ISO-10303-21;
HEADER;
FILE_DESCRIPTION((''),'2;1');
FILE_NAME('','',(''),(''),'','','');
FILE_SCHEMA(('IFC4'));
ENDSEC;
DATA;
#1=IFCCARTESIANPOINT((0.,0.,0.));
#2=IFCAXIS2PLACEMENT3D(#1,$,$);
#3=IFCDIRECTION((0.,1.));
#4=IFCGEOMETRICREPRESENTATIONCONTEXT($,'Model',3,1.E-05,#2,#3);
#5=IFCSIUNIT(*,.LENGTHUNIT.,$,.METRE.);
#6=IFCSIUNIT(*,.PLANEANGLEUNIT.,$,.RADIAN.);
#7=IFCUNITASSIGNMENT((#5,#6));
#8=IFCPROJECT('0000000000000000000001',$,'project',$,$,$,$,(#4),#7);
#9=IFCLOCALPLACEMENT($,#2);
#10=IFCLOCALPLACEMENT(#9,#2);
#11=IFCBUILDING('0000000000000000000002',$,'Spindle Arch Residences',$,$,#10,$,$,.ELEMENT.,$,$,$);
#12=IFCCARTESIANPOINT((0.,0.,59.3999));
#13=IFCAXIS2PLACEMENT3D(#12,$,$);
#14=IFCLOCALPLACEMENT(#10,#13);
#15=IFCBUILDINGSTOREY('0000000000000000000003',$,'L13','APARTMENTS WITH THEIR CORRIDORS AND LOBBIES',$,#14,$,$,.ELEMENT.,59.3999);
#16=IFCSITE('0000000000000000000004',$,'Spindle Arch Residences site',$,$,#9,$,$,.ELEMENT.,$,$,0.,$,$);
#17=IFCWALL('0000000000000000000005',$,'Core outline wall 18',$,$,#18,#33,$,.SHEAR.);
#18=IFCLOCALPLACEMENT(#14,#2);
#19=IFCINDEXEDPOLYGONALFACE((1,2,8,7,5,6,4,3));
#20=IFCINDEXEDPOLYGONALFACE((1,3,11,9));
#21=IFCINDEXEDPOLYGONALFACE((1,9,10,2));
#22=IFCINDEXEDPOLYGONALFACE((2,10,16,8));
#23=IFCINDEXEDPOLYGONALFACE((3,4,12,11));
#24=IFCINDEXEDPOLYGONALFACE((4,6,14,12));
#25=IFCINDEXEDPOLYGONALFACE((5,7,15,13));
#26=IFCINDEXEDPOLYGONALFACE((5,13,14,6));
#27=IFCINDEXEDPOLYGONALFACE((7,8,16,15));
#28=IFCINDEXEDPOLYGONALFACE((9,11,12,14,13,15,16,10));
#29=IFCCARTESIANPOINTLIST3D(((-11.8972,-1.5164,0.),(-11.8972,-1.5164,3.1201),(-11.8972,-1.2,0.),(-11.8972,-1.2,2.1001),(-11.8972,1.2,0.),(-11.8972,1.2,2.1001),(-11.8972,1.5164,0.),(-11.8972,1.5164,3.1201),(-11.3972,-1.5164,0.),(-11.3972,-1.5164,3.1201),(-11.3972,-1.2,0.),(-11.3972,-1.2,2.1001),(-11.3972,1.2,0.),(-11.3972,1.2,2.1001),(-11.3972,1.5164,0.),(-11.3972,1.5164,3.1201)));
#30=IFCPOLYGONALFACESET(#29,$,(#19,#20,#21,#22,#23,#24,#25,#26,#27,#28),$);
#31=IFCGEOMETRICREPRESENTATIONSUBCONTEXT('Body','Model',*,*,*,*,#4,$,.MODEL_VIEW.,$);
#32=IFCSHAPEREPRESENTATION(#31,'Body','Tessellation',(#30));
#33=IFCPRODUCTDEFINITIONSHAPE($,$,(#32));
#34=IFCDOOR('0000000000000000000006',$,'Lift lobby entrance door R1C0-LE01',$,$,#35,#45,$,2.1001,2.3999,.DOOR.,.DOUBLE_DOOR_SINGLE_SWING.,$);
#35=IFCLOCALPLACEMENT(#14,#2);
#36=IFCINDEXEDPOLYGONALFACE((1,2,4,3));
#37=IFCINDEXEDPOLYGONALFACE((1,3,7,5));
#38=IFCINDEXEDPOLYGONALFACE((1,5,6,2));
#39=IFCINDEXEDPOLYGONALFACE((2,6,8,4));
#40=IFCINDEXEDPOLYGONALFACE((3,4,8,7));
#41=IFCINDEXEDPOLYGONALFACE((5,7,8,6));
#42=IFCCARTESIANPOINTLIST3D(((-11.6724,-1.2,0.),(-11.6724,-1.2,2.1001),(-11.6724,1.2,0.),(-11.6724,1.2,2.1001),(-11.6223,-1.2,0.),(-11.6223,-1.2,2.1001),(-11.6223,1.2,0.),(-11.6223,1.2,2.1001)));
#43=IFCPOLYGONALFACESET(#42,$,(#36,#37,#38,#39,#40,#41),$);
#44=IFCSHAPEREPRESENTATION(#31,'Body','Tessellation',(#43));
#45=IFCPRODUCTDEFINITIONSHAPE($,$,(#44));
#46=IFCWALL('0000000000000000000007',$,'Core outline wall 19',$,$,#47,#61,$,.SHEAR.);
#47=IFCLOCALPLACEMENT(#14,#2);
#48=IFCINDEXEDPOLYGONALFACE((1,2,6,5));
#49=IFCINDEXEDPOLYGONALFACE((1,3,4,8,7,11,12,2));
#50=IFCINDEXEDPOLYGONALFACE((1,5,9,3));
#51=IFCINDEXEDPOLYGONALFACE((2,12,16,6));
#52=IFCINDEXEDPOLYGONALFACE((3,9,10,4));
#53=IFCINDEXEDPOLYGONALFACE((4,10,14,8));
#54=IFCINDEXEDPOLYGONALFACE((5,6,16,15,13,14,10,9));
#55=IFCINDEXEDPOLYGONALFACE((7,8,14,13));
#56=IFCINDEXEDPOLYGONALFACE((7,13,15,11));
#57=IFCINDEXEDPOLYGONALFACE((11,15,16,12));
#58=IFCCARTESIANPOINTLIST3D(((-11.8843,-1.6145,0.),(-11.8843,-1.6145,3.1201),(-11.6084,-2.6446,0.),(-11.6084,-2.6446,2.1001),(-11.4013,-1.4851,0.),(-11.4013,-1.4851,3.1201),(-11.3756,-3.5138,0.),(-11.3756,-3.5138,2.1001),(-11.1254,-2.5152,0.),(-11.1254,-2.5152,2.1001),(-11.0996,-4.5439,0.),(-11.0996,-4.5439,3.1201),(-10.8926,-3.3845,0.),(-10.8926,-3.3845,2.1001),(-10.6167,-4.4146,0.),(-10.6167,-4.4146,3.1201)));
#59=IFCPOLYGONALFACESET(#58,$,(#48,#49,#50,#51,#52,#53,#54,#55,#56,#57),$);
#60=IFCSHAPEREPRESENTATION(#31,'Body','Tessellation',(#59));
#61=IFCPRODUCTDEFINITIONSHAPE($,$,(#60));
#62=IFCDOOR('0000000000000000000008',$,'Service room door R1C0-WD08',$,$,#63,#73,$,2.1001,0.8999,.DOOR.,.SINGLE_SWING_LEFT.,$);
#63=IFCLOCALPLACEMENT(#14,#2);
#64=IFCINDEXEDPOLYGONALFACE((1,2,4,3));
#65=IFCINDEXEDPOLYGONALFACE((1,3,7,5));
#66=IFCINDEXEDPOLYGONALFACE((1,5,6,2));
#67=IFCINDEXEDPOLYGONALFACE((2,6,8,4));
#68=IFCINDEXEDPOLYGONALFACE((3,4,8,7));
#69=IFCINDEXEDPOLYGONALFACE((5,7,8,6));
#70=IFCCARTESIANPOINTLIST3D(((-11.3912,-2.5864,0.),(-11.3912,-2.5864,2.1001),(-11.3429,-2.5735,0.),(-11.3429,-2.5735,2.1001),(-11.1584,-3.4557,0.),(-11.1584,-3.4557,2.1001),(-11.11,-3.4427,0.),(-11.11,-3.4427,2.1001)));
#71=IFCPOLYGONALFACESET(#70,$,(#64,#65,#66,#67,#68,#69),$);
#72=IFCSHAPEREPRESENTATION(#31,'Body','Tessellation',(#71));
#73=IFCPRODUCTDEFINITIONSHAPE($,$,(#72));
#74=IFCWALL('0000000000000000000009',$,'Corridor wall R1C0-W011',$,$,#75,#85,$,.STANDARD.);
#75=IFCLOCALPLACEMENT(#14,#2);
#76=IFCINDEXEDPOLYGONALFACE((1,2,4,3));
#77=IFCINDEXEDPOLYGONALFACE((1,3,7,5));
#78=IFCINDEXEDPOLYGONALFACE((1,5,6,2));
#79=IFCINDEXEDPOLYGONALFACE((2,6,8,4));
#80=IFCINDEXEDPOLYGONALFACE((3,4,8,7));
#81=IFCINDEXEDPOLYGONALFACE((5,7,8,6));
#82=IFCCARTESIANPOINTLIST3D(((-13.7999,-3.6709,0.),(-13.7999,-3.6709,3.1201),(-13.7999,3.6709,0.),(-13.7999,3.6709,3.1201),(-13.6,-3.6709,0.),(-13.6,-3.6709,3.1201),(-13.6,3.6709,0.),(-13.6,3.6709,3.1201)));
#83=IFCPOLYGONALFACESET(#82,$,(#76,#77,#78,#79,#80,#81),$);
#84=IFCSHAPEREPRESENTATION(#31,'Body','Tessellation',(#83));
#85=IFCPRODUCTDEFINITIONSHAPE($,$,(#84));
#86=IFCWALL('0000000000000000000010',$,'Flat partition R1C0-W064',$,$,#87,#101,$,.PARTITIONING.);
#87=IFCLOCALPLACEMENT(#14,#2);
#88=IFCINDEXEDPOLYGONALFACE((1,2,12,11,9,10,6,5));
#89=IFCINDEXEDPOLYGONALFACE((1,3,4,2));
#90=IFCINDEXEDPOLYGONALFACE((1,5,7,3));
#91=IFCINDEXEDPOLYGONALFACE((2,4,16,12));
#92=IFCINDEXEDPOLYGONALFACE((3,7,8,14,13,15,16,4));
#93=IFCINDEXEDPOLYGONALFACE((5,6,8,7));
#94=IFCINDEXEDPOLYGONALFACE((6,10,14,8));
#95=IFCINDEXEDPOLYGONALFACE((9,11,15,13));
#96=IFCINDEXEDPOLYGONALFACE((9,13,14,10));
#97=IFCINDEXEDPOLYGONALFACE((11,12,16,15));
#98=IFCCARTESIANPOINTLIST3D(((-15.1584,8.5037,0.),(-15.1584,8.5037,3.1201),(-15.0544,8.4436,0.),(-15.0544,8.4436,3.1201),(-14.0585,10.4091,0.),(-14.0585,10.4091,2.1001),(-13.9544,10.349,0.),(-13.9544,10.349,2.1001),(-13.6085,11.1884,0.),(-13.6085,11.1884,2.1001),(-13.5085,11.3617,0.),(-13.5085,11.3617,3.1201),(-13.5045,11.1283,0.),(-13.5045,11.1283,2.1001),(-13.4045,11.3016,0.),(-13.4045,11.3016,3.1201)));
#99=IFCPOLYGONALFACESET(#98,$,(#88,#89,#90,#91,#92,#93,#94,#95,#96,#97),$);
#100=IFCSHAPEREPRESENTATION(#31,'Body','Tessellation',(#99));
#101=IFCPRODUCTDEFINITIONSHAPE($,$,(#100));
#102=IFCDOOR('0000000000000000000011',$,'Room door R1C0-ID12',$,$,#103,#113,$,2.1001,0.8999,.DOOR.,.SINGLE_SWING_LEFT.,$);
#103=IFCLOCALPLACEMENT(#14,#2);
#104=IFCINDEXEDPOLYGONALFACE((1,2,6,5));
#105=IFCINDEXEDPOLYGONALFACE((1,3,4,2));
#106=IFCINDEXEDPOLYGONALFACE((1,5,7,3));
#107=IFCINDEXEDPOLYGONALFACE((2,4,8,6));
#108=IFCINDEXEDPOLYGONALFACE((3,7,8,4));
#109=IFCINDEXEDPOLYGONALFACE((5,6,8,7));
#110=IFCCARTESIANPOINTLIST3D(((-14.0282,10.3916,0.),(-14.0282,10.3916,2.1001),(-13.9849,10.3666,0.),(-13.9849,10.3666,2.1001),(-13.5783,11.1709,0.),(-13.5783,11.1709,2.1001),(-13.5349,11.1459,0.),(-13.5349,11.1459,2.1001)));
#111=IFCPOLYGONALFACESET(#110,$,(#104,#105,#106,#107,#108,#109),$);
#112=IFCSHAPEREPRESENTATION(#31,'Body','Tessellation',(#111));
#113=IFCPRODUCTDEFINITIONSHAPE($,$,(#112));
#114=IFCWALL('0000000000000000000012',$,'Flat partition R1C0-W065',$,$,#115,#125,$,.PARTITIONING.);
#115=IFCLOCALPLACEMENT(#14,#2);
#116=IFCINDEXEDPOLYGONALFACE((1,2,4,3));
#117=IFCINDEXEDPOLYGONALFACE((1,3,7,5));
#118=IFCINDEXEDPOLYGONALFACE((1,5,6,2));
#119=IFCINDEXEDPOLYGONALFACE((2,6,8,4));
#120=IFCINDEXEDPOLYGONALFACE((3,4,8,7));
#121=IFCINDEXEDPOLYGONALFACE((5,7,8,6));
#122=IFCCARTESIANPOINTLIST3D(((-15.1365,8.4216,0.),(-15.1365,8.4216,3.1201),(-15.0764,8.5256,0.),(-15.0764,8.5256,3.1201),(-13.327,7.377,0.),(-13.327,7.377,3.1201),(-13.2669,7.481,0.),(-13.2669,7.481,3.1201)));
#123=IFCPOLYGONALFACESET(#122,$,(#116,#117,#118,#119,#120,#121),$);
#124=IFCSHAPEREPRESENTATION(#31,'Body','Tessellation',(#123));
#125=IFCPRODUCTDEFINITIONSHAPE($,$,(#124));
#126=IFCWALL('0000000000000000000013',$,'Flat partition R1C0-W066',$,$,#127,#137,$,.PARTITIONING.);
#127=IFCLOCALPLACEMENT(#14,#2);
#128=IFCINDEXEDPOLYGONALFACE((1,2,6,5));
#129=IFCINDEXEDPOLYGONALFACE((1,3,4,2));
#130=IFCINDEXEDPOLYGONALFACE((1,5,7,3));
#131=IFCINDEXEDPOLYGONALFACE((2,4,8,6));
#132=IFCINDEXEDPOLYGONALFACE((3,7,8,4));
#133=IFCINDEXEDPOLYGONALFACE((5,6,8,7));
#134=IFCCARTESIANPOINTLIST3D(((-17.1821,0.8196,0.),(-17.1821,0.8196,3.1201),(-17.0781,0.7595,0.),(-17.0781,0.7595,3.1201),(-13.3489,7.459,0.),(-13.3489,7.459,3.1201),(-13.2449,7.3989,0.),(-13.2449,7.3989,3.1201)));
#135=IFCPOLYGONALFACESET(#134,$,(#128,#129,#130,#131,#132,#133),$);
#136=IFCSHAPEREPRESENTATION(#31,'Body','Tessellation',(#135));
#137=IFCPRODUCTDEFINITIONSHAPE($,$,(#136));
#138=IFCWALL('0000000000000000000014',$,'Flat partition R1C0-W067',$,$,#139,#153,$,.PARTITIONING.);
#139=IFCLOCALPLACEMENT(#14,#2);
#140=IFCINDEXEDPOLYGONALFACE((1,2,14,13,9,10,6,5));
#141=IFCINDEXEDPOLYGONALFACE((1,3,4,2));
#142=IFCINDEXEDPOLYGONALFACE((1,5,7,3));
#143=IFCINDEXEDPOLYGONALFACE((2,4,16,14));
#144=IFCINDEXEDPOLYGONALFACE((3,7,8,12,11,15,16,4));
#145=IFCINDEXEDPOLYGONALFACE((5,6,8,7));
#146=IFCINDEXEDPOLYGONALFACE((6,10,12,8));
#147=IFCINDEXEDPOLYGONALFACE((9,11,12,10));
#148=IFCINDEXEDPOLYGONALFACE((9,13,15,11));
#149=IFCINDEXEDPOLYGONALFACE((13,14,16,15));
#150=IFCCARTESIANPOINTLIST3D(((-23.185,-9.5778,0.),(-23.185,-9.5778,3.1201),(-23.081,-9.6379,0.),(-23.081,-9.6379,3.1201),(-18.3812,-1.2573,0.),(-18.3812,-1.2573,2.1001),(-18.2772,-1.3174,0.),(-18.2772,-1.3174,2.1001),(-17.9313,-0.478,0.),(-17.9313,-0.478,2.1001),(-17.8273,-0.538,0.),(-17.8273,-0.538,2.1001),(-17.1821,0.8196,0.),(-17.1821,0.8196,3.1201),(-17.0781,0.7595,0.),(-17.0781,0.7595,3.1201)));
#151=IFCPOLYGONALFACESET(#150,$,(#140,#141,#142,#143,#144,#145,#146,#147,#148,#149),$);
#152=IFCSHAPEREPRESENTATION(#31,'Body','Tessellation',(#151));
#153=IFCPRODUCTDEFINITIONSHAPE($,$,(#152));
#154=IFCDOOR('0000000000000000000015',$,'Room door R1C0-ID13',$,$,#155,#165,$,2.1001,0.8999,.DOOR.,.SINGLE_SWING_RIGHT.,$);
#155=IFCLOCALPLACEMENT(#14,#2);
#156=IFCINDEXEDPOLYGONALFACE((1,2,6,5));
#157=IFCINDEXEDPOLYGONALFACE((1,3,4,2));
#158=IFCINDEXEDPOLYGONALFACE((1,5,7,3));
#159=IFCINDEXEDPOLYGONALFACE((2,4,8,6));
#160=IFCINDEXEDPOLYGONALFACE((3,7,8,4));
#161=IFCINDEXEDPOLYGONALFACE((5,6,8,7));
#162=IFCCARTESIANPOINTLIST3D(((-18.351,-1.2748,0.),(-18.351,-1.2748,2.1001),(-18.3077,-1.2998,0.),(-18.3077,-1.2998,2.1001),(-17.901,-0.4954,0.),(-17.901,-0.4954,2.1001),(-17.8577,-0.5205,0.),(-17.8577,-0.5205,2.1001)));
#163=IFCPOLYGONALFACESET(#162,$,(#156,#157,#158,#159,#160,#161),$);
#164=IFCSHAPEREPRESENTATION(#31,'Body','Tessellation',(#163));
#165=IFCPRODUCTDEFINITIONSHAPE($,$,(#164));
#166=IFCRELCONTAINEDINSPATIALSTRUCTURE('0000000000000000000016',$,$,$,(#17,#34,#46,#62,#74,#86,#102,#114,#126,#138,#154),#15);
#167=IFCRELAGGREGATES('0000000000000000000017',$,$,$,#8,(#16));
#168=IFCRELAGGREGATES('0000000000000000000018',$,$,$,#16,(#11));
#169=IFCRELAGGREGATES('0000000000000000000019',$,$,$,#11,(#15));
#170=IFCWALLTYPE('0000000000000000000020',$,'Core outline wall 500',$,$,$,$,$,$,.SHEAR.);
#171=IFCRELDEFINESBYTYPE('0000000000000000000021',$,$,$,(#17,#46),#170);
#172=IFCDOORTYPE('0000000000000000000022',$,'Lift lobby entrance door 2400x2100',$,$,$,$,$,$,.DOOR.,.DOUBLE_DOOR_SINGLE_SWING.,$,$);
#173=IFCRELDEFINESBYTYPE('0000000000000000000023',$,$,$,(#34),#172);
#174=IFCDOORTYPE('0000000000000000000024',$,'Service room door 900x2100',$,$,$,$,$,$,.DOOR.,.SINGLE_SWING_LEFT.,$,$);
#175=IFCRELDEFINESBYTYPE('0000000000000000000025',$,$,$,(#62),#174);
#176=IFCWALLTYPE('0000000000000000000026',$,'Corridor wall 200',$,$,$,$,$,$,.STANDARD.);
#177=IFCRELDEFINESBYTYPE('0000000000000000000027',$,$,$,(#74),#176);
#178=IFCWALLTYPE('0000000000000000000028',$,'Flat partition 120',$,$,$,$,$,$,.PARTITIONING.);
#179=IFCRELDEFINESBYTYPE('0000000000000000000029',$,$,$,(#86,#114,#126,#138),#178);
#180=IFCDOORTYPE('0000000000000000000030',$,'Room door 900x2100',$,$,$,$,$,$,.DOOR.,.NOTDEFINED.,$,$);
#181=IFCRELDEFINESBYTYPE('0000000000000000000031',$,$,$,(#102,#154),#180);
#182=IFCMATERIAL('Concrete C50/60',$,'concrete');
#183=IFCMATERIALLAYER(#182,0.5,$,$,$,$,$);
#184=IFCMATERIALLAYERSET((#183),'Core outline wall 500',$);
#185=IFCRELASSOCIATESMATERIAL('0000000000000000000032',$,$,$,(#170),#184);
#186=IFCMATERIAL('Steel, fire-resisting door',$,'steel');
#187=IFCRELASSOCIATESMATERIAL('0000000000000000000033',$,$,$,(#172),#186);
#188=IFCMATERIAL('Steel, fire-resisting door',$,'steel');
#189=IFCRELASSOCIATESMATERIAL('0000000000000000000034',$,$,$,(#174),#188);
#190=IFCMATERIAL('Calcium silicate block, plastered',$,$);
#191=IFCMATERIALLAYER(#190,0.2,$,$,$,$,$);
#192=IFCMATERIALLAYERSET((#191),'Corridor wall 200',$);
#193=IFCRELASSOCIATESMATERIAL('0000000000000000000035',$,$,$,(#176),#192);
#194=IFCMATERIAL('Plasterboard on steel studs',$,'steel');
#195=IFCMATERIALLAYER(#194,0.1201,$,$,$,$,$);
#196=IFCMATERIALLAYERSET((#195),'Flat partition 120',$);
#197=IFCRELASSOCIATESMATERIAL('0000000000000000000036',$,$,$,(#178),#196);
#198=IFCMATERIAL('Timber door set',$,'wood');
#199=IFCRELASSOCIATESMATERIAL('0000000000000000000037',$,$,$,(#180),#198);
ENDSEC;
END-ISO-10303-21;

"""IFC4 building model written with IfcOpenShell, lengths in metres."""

from ifc_helpers import new_model, si_unit, direction, frame, frame_2d, origin, place, context, subcontext, project, spatial, rectangle, extrude, material, layer, layer_set, type_object, element, fill, save


model = new_model("IFC4")

# Units and contexts
model_context = context("Model", 3, precision=1e-05, world=origin(), true_north=direction((0.0, 1.0)))
body_context = subcontext(model_context, "Body", "Model", "MODEL_VIEW")
ifc_project = project(units=[si_unit("LENGTHUNIT", "METRE"), si_unit("PLANEANGLEUNIT", "RADIAN")], contexts=[model_context])

# Site, building, storey
site_placement = place(None, origin())
site = spatial("IfcSite", under=ifc_project, at=site_placement, Name="Spindle Arch Residences site", CompositionType="ELEMENT", RefElevation=0.0)
building_placement = place(site_placement, origin())
building = spatial("IfcBuilding", under=site, at=building_placement, Name="Spindle Arch Residences", CompositionType="ELEMENT")
storey_placement = place(building_placement, frame((0.0, 0.0, 59.3999)))
storey = spatial("IfcBuildingStorey", under=building, at=storey_placement, Name="L13", Description="APARTMENTS WITH THEIR CORRIDORS AND LOBBIES", CompositionType="ELEMENT", Elevation=59.3999)

# Walls, openings, doors
ifc_material_1 = material(Name="Concrete C50/60", Category="concrete")
ifc_layer_1 = layer(ifc_material_1, 0.5)
ifc_layer_set_1 = layer_set([ifc_layer_1], Name="Core outline wall 500")
wall_type_1 = type_object("IfcWallType", Name="Core outline wall 500", PredefinedType="SHEAR", material=ifc_layer_set_1)
wall_1_placement = place(storey_placement, frame((-11.6472, 1.5164, 0.0), z_axis=(0.0, 0.0, 1.0), x_axis=(0.0, -1.0, 0.0)))
wall_1 = element("IfcWall", 1, at=wall_1_placement, inside=storey, type_object=wall_type_1, Name="Core outline wall 18", PredefinedType="SHEAR", context=body_context, shape_type="SweptSolid", body=[
    extrude(rectangle(XDim=3.0327, YDim=0.5, at=frame_2d((1.5164, 0.0))), origin(), (0.0, 0.0, 1.0), 3.1201),
])
opening_1_placement = place(wall_1_placement, frame((0.3164, 0.0, 0.0)))
opening_1 = element("IfcOpeningElement", 2, at=opening_1_placement, cuts=wall_1, PredefinedType="OPENING", context=body_context, shape_type="SweptSolid", body=[
    extrude(rectangle(XDim=2.3999, YDim=2.1001, at=frame_2d((1.2, 1.05))), frame((0.0, 0.26, 0.0), z_axis=(0.0, -1.0, 0.0), x_axis=(1.0, 0.0, 0.0)), (0.0, 0.0, 1.0), 0.52),
])
ifc_material_2 = material(Name="Steel, fire-resisting door", Category="steel")
door_type_1 = type_object("IfcDoorType", Name="Lift lobby entrance door 2400x2100", OperationType="DOUBLE_DOOR_SINGLE_SWING", PredefinedType="DOOR", material=ifc_material_2)
door_1_placement = place(opening_1_placement, origin())
door_1 = element("IfcDoor", 3, at=door_1_placement, inside=storey, type_object=door_type_1, Name="Lift lobby entrance door R1C0-LE01", OperationType="DOUBLE_DOOR_SINGLE_SWING", OverallHeight=2.1001, OverallWidth=2.3999, PredefinedType="DOOR", context=body_context, shape_type="SweptSolid", body=[
    extrude(rectangle(XDim=2.3999, YDim=2.1001, at=frame_2d((1.2, 1.05))), frame((0.0, 0.0249, 0.0), z_axis=(0.0, -1.0, 0.0), x_axis=(1.0, 0.0, 0.0)), (0.0, 0.0, 1.0), 0.05),
])
fill(opening_1, door_1)
wall_2_placement = place(storey_placement, frame((-11.6428, -1.5498, 0.0), z_axis=(0.0, 0.0, 1.0), x_axis=(0.258735, -0.965948, 0.0)))
wall_2 = element("IfcWall", 4, at=wall_2_placement, inside=storey, type_object=wall_type_1, Name="Core outline wall 19", PredefinedType="SHEAR", context=body_context, shape_type="SweptSolid", body=[
    extrude(rectangle(XDim=3.0327, YDim=0.5, at=frame_2d((1.5164, 0.0))), origin(), (0.0, 0.0, 1.0), 3.1201),
])
opening_2_placement = place(wall_2_placement, frame((1.0664, 0.0, 0.0)))
opening_2 = element("IfcOpeningElement", 5, at=opening_2_placement, cuts=wall_2, PredefinedType="OPENING", context=body_context, shape_type="SweptSolid", body=[
    extrude(rectangle(XDim=0.8999, YDim=2.1001, at=frame_2d((0.45, 1.05))), frame((0.0, 0.26, 0.0), z_axis=(0.0, -1.0, 0.0), x_axis=(1.0, 0.0, 0.0)), (0.0, 0.0, 1.0), 0.52),
])
ifc_material_3 = material(Name="Steel, fire-resisting door", Category="steel")
door_type_2 = type_object("IfcDoorType", Name="Service room door 900x2100", OperationType="SINGLE_SWING_LEFT", PredefinedType="DOOR", material=ifc_material_3)
door_2_placement = place(opening_2_placement, origin())
door_2 = element("IfcDoor", 6, at=door_2_placement, inside=storey, type_object=door_type_2, Name="Service room door R1C0-WD08", OperationType="SINGLE_SWING_LEFT", OverallHeight=2.1001, OverallWidth=0.8999, PredefinedType="DOOR", context=body_context, shape_type="SweptSolid", body=[
    extrude(rectangle(XDim=0.8999, YDim=2.1001, at=frame_2d((0.45, 1.05))), frame((0.0, 0.0249, 0.0), z_axis=(0.0, -1.0, 0.0), x_axis=(1.0, 0.0, 0.0)), (0.0, 0.0, 1.0), 0.05),
])
fill(opening_2, door_2)

# Wall
ifc_material_4 = material(Name="Calcium silicate block, plastered")
ifc_layer_2 = layer(ifc_material_4, 0.2)
ifc_layer_set_2 = layer_set([ifc_layer_2], Name="Corridor wall 200")
wall_type_2 = type_object("IfcWallType", Name="Corridor wall 200", PredefinedType="STANDARD", material=ifc_layer_set_2)
wall_3_placement = place(storey_placement, frame((-13.7, 3.6709, 0.0), z_axis=(0.0, 0.0, 1.0), x_axis=(0.0, -1.0, 0.0)))
element("IfcWall", 7, at=wall_3_placement, inside=storey, type_object=wall_type_2, Name="Corridor wall R1C0-W011", PredefinedType="STANDARD", context=body_context, shape_type="SweptSolid", body=[
    extrude(rectangle(XDim=7.3418, YDim=0.2, at=frame_2d((3.6709, 0.0))), origin(), (0.0, 0.0, 1.0), 3.1201),
])

# Wall, opening, door
ifc_material_5 = material(Name="Plasterboard on steel studs", Category="steel")
ifc_layer_3 = layer(ifc_material_5, 0.1201)
ifc_layer_set_3 = layer_set([ifc_layer_3], Name="Flat partition 120")
wall_type_3 = type_object("IfcWallType", Name="Flat partition 120", PredefinedType="PARTITIONING", material=ifc_layer_set_3)
wall_4_placement = place(storey_placement, frame((-13.4565, 11.3315, 0.0), z_axis=(0.0, 0.0, 1.0), x_axis=(-0.499974, -0.86604, 0.0)))
wall_4 = element("IfcWall", 8, at=wall_4_placement, inside=storey, type_object=wall_type_3, Name="Flat partition R1C0-W064", PredefinedType="PARTITIONING", context=body_context, shape_type="SweptSolid", body=[
    extrude(rectangle(XDim=3.3, YDim=0.1201, at=frame_2d((1.6499, 0.0))), origin(), (0.0, 0.0, 1.0), 3.1201),
])
opening_3_placement = place(wall_4_placement, frame((0.2, 0.0, 0.0)))
opening_3 = element("IfcOpeningElement", 9, at=opening_3_placement, cuts=wall_4, PredefinedType="OPENING", context=body_context, shape_type="SweptSolid", body=[
    extrude(rectangle(XDim=0.8999, YDim=2.1001, at=frame_2d((0.45, 1.05))), frame((0.0, 0.0701, 0.0), z_axis=(0.0, -1.0, 0.0), x_axis=(1.0, 0.0, 0.0)), (0.0, 0.0, 1.0), 0.1401),
])
ifc_material_6 = material(Name="Timber door set", Category="wood")
door_type_3 = type_object("IfcDoorType", Name="Room door 900x2100", OperationType="NOTDEFINED", PredefinedType="DOOR", material=ifc_material_6)
door_3_placement = place(opening_3_placement, origin())
door_3 = element("IfcDoor", 10, at=door_3_placement, inside=storey, type_object=door_type_3, Name="Room door R1C0-ID12", OperationType="SINGLE_SWING_LEFT", OverallHeight=2.1001, OverallWidth=0.8999, PredefinedType="DOOR", context=body_context, shape_type="SweptSolid", body=[
    extrude(rectangle(XDim=0.8999, YDim=2.1001, at=frame_2d((0.45, 1.05))), frame((0.0, 0.0249, 0.0), z_axis=(0.0, -1.0, 0.0), x_axis=(1.0, 0.0, 0.0)), (0.0, 0.0, 1.0), 0.05),
])
fill(opening_3, door_3)

# Walls
wall_5_placement = place(storey_placement, frame((-15.1064, 8.4736, 0.0), z_axis=(0.0, 0.0, 1.0), x_axis=(0.866042, -0.499972, 0.0)))
element("IfcWall", 11, at=wall_5_placement, inside=storey, type_object=wall_type_3, Name="Flat partition R1C0-W065", PredefinedType="PARTITIONING", context=body_context, shape_type="SweptSolid", body=[
    extrude(rectangle(XDim=2.0894, YDim=0.1201, at=frame_2d((1.0447, 0.0))), origin(), (0.0, 0.0, 1.0), 3.1201),
])
wall_6_placement = place(storey_placement, frame((-13.2969, 7.429, 0.0), z_axis=(0.0, 0.0, 1.0), x_axis=(-0.499999, -0.866026, 0.0)))
element("IfcWall", 12, at=wall_6_placement, inside=storey, type_object=wall_type_3, Name="Flat partition R1C0-W066", PredefinedType="PARTITIONING", context=body_context, shape_type="SweptSolid", body=[
    extrude(rectangle(XDim=7.6665, YDim=0.1201, at=frame_2d((3.8333, 0.0))), origin(), (0.0, 0.0, 1.0), 3.1201),
])

# Wall, opening, door
wall_7_placement = place(storey_placement, frame((-17.1301, 0.7896, 0.0), z_axis=(0.0, 0.0, 1.0), x_axis=(-0.499997, -0.866027, 0.0)))
wall_7 = element("IfcWall", 13, at=wall_7_placement, inside=storey, type_object=wall_type_3, Name="Flat partition R1C0-W067", PredefinedType="PARTITIONING", context=body_context, shape_type="SweptSolid", body=[
    extrude(rectangle(XDim=12.0059, YDim=0.1201, at=frame_2d((6.0029, 0.0))), origin(), (0.0, 0.0, 1.0), 3.1201),
])
opening_4_placement = place(wall_7_placement, frame((1.4983, 0.0, 0.0)))
opening_4 = element("IfcOpeningElement", 14, at=opening_4_placement, cuts=wall_7, PredefinedType="OPENING", context=body_context, shape_type="SweptSolid", body=[
    extrude(rectangle(XDim=0.8999, YDim=2.1001, at=frame_2d((0.45, 1.05))), frame((0.0, 0.0701, 0.0), z_axis=(0.0, -1.0, 0.0), x_axis=(1.0, 0.0, 0.0)), (0.0, 0.0, 1.0), 0.1401),
])
door_4_placement = place(opening_4_placement, origin())
door_4 = element("IfcDoor", 15, at=door_4_placement, inside=storey, type_object=door_type_3, Name="Room door R1C0-ID13", OperationType="SINGLE_SWING_RIGHT", OverallHeight=2.1001, OverallWidth=0.8999, PredefinedType="DOOR", context=body_context, shape_type="SweptSolid", body=[
    extrude(rectangle(XDim=0.8999, YDim=2.1001, at=frame_2d((0.45, 1.05))), frame((0.0, 0.0249, 0.0), z_axis=(0.0, -1.0, 0.0), x_axis=(1.0, 0.0, 0.0)), (0.0, 0.0, 1.0), 0.05),
])
fill(opening_4, door_4)

save(model, "model.ifc")
